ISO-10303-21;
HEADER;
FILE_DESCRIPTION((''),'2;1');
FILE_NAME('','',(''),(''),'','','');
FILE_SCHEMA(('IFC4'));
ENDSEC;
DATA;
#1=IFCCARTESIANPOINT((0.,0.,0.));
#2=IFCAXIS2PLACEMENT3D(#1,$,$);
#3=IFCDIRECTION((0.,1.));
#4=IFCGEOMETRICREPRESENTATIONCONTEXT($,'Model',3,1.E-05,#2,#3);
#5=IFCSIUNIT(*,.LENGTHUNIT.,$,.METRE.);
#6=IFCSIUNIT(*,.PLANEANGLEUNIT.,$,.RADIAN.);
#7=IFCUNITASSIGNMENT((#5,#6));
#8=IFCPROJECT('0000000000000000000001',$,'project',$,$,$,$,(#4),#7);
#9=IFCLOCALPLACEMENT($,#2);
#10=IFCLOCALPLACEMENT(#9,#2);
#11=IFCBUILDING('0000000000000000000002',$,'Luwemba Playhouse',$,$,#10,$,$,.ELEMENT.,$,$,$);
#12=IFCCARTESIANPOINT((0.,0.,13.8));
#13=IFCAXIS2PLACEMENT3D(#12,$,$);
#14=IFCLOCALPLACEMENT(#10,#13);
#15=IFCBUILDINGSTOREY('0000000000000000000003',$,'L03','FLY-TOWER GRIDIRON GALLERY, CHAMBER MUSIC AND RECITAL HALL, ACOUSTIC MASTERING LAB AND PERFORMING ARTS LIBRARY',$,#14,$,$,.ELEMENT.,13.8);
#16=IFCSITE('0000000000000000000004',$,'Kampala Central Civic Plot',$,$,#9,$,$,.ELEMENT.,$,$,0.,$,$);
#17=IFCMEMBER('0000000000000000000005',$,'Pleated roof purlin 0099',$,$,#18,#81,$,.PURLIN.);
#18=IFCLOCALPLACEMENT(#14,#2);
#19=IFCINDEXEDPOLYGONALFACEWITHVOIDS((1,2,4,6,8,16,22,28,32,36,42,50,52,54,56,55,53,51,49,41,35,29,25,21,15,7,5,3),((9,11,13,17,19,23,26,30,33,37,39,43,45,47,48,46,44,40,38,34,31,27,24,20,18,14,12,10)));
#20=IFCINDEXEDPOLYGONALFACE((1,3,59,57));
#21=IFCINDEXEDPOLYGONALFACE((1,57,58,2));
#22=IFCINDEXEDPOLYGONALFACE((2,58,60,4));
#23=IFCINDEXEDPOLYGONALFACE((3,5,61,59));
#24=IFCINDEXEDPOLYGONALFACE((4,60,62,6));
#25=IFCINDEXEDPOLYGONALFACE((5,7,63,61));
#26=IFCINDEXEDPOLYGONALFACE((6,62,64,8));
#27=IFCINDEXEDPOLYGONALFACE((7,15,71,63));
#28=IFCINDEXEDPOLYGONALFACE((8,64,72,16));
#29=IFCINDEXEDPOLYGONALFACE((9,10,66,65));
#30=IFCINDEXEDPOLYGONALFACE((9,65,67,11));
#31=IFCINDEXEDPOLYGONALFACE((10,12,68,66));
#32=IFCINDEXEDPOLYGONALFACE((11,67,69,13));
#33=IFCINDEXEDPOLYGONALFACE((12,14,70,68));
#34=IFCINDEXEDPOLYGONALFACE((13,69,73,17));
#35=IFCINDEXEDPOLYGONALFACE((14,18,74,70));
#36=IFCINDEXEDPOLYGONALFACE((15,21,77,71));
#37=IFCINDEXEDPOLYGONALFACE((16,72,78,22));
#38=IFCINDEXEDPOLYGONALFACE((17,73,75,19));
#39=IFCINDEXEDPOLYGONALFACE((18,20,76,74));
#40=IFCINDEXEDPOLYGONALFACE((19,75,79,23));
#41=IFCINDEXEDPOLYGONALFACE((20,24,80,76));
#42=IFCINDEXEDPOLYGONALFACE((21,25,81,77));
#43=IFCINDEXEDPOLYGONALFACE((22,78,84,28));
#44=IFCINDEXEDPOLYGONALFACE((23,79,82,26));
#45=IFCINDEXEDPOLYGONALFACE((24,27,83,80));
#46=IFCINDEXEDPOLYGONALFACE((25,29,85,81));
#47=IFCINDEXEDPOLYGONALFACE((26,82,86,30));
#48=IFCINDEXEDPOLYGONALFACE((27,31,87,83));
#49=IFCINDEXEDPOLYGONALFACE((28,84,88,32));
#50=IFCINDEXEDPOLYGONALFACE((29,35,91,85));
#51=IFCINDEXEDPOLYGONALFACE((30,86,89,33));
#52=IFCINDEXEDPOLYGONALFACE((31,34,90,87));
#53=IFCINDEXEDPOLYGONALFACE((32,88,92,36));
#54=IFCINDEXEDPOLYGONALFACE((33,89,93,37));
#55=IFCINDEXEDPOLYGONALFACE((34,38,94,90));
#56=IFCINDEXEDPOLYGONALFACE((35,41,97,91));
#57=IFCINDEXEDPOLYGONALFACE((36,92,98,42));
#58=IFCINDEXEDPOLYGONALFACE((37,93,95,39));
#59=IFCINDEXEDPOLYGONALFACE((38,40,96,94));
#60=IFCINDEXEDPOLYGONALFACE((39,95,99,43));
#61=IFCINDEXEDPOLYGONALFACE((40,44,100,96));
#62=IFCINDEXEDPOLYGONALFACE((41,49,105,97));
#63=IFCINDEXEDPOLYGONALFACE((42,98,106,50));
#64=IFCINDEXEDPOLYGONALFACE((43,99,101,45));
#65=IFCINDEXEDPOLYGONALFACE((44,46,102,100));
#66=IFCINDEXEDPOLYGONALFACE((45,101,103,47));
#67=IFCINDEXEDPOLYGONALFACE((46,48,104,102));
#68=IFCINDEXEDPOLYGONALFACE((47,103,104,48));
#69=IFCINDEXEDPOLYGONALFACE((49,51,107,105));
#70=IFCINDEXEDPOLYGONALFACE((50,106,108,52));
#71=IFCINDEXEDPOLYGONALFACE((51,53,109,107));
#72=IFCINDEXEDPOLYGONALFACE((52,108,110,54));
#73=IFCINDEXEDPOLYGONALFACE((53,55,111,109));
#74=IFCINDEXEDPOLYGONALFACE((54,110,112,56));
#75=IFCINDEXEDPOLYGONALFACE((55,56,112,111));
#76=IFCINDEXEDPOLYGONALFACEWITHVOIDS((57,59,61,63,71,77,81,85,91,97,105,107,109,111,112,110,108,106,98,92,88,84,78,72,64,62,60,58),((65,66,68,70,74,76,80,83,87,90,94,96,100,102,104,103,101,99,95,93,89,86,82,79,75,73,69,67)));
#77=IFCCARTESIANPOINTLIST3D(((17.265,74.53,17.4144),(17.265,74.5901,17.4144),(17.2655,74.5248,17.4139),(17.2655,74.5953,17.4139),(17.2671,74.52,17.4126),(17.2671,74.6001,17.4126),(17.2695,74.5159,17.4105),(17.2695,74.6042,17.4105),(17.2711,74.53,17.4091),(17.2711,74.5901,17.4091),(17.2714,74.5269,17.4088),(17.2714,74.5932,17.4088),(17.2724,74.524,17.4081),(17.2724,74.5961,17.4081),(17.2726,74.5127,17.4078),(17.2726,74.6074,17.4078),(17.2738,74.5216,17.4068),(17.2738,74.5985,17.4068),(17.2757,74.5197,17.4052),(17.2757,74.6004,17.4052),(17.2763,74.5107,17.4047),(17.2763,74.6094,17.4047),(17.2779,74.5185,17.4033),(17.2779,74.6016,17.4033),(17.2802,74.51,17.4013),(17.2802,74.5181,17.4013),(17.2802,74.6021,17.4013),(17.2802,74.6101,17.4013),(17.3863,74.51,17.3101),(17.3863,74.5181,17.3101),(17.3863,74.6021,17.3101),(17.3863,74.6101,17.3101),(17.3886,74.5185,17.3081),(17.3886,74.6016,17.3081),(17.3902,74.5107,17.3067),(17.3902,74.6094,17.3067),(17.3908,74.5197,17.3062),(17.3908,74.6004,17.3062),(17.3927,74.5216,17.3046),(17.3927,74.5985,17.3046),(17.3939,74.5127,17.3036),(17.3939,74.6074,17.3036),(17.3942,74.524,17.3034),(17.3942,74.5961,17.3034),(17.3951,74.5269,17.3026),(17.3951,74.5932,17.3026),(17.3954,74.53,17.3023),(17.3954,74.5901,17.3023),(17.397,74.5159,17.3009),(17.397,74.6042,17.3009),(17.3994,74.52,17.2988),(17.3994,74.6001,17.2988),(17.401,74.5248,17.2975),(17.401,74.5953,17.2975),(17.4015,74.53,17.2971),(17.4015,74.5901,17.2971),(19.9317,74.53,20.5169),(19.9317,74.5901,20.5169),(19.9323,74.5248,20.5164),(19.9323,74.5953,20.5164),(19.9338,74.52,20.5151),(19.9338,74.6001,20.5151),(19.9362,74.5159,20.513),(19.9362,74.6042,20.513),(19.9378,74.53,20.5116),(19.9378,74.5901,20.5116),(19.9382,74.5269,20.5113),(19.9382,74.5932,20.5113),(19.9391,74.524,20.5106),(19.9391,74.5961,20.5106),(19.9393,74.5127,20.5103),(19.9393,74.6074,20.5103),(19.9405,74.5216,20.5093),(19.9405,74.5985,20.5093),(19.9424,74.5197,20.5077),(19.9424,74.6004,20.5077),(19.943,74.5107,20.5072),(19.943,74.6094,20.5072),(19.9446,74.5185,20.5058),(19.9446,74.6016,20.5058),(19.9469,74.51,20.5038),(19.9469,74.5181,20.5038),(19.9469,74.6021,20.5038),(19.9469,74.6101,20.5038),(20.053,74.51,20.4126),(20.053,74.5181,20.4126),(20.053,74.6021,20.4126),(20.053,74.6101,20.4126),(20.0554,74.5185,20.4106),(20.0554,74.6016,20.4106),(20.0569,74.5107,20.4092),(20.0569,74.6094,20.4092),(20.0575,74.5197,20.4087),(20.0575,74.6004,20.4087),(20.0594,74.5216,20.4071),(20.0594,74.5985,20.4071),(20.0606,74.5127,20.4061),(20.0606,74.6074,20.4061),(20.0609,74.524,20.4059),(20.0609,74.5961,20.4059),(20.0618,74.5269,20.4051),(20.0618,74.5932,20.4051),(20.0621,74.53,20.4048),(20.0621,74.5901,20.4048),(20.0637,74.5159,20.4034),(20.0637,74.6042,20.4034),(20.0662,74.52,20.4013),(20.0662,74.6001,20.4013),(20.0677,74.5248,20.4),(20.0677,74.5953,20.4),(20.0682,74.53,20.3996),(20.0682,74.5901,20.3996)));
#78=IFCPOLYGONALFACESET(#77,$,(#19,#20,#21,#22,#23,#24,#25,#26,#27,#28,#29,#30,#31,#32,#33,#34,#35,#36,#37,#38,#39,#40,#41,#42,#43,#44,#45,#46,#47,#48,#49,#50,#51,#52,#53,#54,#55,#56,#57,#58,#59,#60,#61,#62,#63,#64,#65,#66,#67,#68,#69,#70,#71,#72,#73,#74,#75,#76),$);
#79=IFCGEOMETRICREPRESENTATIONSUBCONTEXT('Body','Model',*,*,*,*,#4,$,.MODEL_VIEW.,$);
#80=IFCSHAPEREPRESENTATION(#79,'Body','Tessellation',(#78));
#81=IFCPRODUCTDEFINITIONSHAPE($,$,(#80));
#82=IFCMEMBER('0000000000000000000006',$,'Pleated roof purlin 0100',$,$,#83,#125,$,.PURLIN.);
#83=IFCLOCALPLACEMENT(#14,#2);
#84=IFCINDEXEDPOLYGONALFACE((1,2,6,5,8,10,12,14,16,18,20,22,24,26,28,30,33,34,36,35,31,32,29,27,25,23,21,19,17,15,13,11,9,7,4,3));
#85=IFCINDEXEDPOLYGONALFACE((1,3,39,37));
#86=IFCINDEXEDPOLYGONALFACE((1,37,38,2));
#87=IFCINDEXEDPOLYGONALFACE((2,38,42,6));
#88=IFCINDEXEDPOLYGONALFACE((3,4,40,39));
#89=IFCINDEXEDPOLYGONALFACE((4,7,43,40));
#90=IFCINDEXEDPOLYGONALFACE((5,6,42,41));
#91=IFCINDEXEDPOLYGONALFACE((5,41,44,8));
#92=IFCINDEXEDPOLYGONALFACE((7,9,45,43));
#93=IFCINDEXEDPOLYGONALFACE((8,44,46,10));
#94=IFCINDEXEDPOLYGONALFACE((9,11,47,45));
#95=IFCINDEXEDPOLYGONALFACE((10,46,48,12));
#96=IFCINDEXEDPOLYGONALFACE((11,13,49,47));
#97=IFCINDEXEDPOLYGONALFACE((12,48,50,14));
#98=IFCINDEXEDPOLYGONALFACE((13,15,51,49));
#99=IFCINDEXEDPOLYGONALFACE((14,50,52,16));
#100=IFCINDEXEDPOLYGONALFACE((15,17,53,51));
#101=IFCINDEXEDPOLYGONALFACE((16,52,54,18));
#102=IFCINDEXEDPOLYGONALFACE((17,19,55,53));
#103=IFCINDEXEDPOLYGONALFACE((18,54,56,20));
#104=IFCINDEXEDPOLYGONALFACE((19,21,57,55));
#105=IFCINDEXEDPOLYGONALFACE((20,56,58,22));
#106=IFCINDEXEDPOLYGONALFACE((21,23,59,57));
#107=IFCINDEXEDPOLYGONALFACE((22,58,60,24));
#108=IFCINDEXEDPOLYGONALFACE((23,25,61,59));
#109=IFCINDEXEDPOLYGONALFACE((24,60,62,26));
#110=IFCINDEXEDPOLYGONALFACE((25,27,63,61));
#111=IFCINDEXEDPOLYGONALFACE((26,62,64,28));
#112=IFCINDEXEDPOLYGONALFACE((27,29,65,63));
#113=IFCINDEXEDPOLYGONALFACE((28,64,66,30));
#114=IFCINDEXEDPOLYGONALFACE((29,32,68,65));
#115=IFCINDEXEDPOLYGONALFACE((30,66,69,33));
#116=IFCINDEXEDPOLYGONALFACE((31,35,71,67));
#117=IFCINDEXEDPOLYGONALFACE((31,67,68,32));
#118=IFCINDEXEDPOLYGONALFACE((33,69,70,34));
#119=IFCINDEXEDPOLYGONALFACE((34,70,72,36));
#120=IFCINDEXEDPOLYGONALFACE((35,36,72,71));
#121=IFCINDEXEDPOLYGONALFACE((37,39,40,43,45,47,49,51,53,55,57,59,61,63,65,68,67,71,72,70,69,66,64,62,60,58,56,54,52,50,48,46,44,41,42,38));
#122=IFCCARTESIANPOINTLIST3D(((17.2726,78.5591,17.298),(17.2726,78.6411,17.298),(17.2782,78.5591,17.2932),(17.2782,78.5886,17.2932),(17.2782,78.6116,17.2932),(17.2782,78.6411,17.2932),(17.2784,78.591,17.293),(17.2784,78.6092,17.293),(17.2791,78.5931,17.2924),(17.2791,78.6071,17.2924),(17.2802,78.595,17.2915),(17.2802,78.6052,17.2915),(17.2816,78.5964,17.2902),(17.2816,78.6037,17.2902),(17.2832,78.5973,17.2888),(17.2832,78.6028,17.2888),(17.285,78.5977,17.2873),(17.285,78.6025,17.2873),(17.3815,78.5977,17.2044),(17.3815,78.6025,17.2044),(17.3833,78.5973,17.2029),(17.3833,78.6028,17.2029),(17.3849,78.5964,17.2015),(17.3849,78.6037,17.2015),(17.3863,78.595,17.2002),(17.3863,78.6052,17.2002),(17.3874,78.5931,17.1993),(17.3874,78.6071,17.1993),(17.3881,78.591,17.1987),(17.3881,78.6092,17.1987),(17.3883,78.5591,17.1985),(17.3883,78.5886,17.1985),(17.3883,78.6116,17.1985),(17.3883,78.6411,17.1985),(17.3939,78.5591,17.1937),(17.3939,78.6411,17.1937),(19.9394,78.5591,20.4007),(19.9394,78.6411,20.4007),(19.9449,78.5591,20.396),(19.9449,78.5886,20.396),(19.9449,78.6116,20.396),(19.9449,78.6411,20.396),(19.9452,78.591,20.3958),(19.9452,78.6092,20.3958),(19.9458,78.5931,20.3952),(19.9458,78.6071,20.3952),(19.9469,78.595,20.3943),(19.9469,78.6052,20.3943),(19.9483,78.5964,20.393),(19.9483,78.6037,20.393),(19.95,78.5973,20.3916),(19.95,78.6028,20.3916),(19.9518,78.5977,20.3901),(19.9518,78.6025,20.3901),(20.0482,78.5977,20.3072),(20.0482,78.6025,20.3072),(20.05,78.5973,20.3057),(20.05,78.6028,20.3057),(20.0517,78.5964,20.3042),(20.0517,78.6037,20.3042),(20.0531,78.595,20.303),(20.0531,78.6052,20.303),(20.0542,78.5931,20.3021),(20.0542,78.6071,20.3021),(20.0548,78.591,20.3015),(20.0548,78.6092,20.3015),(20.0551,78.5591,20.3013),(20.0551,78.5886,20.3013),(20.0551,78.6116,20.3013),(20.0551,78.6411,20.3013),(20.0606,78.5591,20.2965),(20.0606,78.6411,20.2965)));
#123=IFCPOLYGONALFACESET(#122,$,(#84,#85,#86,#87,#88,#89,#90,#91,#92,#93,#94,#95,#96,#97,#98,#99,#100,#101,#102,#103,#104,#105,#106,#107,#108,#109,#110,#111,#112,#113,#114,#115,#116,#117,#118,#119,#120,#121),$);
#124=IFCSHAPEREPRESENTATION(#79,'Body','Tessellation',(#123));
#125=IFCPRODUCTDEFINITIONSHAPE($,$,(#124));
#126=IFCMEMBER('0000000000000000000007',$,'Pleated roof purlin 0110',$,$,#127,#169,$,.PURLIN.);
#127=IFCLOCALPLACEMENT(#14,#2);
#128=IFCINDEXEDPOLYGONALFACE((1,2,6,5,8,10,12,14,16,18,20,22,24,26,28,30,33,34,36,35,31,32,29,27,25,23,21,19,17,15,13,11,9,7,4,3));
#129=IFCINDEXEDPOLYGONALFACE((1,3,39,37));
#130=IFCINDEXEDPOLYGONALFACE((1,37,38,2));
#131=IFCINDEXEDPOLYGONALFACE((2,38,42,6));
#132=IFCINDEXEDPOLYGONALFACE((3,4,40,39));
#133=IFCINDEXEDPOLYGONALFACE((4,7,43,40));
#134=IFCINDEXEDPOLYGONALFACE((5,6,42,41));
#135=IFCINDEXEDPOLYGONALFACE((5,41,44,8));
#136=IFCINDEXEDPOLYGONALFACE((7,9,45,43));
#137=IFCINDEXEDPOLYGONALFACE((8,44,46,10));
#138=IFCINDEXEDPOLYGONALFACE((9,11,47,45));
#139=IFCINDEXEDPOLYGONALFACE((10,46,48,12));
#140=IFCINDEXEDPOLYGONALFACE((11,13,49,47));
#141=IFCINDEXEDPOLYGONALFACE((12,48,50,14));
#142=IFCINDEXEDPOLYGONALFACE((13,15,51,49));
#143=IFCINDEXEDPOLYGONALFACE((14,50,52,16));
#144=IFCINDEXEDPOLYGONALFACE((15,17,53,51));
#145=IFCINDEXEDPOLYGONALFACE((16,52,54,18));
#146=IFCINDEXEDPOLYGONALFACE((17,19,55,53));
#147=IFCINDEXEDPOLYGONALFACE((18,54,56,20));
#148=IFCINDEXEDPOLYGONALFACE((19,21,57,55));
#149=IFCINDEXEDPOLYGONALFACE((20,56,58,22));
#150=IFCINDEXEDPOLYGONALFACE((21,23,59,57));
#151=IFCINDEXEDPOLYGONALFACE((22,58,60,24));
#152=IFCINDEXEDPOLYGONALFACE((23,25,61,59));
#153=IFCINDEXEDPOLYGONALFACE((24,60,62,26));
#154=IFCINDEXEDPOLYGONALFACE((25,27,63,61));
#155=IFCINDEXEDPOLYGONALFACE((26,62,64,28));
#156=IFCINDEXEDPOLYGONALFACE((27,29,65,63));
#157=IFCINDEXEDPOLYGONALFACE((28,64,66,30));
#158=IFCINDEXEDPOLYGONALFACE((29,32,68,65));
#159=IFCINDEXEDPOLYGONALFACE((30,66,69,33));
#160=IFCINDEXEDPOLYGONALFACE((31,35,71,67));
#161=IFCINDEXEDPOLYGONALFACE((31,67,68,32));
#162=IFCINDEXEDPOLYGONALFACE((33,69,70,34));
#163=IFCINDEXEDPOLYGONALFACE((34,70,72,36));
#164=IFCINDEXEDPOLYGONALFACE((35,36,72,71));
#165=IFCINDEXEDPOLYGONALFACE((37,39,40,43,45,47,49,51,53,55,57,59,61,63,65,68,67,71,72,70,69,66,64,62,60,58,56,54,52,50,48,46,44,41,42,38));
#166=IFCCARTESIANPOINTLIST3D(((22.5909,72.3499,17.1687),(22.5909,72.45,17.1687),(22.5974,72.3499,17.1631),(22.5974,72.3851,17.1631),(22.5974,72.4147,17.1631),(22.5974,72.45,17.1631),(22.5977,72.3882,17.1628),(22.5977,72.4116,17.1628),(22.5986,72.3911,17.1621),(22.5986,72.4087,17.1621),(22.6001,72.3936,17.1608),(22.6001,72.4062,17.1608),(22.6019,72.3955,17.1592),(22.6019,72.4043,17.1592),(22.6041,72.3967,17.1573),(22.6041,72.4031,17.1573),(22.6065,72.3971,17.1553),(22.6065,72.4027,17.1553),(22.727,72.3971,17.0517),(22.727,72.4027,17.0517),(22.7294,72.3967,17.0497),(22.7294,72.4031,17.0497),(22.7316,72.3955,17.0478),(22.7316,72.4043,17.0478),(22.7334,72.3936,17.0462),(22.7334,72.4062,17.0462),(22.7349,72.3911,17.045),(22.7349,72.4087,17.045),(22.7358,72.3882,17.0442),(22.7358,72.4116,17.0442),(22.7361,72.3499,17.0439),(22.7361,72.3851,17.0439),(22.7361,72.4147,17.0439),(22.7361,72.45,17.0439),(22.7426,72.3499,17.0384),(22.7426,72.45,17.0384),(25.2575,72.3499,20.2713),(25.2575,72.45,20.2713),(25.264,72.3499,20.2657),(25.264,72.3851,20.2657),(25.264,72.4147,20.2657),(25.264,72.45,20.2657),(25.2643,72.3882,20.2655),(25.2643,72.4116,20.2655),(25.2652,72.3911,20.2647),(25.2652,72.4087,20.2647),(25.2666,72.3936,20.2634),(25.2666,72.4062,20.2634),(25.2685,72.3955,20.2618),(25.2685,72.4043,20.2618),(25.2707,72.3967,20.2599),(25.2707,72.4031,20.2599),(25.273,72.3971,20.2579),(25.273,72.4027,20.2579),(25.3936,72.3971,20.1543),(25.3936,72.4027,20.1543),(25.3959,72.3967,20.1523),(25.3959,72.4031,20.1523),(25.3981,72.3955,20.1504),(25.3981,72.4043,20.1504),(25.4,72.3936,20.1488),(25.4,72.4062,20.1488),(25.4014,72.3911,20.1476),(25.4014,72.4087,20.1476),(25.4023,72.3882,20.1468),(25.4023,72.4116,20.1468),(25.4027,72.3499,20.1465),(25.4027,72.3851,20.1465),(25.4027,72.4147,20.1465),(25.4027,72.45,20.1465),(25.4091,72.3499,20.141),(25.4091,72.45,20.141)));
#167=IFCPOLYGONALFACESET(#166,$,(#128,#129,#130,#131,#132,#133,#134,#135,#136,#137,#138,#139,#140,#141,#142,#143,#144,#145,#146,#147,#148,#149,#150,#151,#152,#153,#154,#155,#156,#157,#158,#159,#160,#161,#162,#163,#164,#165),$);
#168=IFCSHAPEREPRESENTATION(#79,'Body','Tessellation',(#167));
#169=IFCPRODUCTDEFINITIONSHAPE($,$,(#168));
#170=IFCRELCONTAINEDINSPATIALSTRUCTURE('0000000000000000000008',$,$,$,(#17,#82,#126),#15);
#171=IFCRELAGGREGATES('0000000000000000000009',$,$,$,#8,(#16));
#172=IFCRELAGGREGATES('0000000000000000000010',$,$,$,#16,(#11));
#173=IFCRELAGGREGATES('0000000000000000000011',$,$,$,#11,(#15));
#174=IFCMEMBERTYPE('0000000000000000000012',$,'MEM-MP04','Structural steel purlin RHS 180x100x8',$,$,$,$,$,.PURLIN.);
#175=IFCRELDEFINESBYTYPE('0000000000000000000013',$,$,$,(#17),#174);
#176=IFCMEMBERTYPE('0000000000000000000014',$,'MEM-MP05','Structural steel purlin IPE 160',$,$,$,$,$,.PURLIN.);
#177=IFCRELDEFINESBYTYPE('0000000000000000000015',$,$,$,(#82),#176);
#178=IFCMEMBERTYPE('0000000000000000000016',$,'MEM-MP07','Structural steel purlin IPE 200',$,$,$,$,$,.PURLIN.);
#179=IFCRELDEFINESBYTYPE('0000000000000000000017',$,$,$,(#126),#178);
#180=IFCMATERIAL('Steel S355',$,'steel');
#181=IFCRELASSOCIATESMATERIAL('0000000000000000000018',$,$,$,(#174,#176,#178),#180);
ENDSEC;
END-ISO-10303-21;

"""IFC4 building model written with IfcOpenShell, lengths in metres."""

from ifc_helpers import new_model, si_unit, direction, frame, origin, origin_2d, place, context, subcontext, project, spatial, hollow_rectangle, i_section, extrude, material, material_profile, profile_set, type_object, element, save


model = new_model("IFC4")

# Units and contexts
model_context = context("Model", 3, precision=1e-05, world=origin(), true_north=direction((0.0, 1.0)))
body_context = subcontext(model_context, "Body", "Model", "MODEL_VIEW")
ifc_project = project(units=[si_unit("LENGTHUNIT", "METRE"), si_unit("PLANEANGLEUNIT", "RADIAN")], contexts=[model_context])

# Site, building, storey
site_placement = place(None, origin())
site = spatial("IfcSite", under=ifc_project, at=site_placement, Name="Kampala Central Civic Plot", CompositionType="ELEMENT", RefElevation=0.0)
building_placement = place(site_placement, origin())
building = spatial("IfcBuilding", under=site, at=building_placement, Name="Luwemba Playhouse", CompositionType="ELEMENT")
storey_placement = place(building_placement, frame((0.0, 0.0, 13.8)))
storey = spatial("IfcBuildingStorey", under=building, at=storey_placement, Name="L03", Description="FLY-TOWER GRIDIRON GALLERY, CHAMBER MUSIC AND RECITAL HALL, ACOUSTIC MASTERING LAB AND PERFORMING ARTS LIBRARY", CompositionType="ELEMENT", Elevation=13.8)

# Shared definitions
ifc_material_1 = material(Name="Steel S355", Category="steel")

# Members
ifc_material_profile_1 = material_profile(ifc_material_1, hollow_rectangle(XDim=0.1001, YDim=0.1799, WallThickness=0.0081, InnerFilletRadius=0.012, OuterFilletRadius=0.02, at=origin_2d()))
ifc_profile_set_1 = profile_set([ifc_material_profile_1], Name="Steel S355")
member_type_1 = type_object("IfcMemberType", Name="MEM-MP04", Description="Structural steel purlin RHS 180x100x8", PredefinedType="PURLIN", material=ifc_profile_set_1)
member_1_placement = place(storey_placement, frame((17.3333, 74.5601, 17.3557), z_axis=(0.651838, 0.0, 0.758359), x_axis=(0.0, 1.0, 0.0)))
element("IfcMember", 1, at=member_1_placement, inside=storey, type_object=member_type_1, Name="Pleated roof purlin 0099", PredefinedType="PURLIN", context=body_context, shape_type="SweptSolid", body=[
    extrude(hollow_rectangle(XDim=0.1001, YDim=0.1799, WallThickness=0.0081, InnerFilletRadius=0.012, OuterFilletRadius=0.02, at=origin_2d()), origin(), (0.0, 0.0, 1.0), 4.0911),
])
ifc_material_profile_2 = material_profile(ifc_material_1, i_section(OverallWidth=0.082, OverallDepth=0.1599, WebThickness=0.0049, FlangeThickness=0.0073, FilletRadius=0.009, at=origin_2d()))
ifc_profile_set_2 = profile_set([ifc_material_profile_2], Name="Steel S355")
member_type_2 = type_object("IfcMemberType", Name="MEM-MP05", Description="Structural steel purlin IPE 160", PredefinedType="PURLIN", material=ifc_profile_set_2)
member_2_placement = place(storey_placement, frame((17.3333, 78.6001, 17.2458), z_axis=(0.651808, 0.0, 0.758384), x_axis=(0.0, 1.0, 0.0)))
element("IfcMember", 2, at=member_2_placement, inside=storey, type_object=member_type_2, Name="Pleated roof purlin 0100", PredefinedType="PURLIN", context=body_context, shape_type="SweptSolid", body=[
    extrude(i_section(OverallWidth=0.082, OverallDepth=0.1599, WebThickness=0.0049, FlangeThickness=0.0073, FilletRadius=0.009, at=origin_2d()), origin(), (0.0, 0.0, 1.0), 4.0913),
])
ifc_material_profile_3 = material_profile(ifc_material_1, i_section(OverallWidth=0.1001, OverallDepth=0.2, WebThickness=0.0056, FlangeThickness=0.0085, FilletRadius=0.012, at=origin_2d()))
ifc_profile_set_3 = profile_set([ifc_material_profile_3], Name="Steel S355")
member_type_3 = type_object("IfcMemberType", Name="MEM-MP07", Description="Structural steel purlin IPE 200", PredefinedType="PURLIN", material=ifc_profile_set_3)
member_3_placement = place(storey_placement, frame((22.6667, 72.3999, 17.1035), z_axis=(0.651803, 0.0, 0.758388), x_axis=(0.0, 1.0, 0.0)))
element("IfcMember", 3, at=member_3_placement, inside=storey, type_object=member_type_3, Name="Pleated roof purlin 0110", PredefinedType="PURLIN", context=body_context, shape_type="SweptSolid", body=[
    extrude(i_section(OverallWidth=0.1001, OverallDepth=0.2, WebThickness=0.0056, FlangeThickness=0.0085, FilletRadius=0.012, at=origin_2d()), origin(), (0.0, 0.0, 1.0), 4.0911),
])

save(model, "model.ifc")
